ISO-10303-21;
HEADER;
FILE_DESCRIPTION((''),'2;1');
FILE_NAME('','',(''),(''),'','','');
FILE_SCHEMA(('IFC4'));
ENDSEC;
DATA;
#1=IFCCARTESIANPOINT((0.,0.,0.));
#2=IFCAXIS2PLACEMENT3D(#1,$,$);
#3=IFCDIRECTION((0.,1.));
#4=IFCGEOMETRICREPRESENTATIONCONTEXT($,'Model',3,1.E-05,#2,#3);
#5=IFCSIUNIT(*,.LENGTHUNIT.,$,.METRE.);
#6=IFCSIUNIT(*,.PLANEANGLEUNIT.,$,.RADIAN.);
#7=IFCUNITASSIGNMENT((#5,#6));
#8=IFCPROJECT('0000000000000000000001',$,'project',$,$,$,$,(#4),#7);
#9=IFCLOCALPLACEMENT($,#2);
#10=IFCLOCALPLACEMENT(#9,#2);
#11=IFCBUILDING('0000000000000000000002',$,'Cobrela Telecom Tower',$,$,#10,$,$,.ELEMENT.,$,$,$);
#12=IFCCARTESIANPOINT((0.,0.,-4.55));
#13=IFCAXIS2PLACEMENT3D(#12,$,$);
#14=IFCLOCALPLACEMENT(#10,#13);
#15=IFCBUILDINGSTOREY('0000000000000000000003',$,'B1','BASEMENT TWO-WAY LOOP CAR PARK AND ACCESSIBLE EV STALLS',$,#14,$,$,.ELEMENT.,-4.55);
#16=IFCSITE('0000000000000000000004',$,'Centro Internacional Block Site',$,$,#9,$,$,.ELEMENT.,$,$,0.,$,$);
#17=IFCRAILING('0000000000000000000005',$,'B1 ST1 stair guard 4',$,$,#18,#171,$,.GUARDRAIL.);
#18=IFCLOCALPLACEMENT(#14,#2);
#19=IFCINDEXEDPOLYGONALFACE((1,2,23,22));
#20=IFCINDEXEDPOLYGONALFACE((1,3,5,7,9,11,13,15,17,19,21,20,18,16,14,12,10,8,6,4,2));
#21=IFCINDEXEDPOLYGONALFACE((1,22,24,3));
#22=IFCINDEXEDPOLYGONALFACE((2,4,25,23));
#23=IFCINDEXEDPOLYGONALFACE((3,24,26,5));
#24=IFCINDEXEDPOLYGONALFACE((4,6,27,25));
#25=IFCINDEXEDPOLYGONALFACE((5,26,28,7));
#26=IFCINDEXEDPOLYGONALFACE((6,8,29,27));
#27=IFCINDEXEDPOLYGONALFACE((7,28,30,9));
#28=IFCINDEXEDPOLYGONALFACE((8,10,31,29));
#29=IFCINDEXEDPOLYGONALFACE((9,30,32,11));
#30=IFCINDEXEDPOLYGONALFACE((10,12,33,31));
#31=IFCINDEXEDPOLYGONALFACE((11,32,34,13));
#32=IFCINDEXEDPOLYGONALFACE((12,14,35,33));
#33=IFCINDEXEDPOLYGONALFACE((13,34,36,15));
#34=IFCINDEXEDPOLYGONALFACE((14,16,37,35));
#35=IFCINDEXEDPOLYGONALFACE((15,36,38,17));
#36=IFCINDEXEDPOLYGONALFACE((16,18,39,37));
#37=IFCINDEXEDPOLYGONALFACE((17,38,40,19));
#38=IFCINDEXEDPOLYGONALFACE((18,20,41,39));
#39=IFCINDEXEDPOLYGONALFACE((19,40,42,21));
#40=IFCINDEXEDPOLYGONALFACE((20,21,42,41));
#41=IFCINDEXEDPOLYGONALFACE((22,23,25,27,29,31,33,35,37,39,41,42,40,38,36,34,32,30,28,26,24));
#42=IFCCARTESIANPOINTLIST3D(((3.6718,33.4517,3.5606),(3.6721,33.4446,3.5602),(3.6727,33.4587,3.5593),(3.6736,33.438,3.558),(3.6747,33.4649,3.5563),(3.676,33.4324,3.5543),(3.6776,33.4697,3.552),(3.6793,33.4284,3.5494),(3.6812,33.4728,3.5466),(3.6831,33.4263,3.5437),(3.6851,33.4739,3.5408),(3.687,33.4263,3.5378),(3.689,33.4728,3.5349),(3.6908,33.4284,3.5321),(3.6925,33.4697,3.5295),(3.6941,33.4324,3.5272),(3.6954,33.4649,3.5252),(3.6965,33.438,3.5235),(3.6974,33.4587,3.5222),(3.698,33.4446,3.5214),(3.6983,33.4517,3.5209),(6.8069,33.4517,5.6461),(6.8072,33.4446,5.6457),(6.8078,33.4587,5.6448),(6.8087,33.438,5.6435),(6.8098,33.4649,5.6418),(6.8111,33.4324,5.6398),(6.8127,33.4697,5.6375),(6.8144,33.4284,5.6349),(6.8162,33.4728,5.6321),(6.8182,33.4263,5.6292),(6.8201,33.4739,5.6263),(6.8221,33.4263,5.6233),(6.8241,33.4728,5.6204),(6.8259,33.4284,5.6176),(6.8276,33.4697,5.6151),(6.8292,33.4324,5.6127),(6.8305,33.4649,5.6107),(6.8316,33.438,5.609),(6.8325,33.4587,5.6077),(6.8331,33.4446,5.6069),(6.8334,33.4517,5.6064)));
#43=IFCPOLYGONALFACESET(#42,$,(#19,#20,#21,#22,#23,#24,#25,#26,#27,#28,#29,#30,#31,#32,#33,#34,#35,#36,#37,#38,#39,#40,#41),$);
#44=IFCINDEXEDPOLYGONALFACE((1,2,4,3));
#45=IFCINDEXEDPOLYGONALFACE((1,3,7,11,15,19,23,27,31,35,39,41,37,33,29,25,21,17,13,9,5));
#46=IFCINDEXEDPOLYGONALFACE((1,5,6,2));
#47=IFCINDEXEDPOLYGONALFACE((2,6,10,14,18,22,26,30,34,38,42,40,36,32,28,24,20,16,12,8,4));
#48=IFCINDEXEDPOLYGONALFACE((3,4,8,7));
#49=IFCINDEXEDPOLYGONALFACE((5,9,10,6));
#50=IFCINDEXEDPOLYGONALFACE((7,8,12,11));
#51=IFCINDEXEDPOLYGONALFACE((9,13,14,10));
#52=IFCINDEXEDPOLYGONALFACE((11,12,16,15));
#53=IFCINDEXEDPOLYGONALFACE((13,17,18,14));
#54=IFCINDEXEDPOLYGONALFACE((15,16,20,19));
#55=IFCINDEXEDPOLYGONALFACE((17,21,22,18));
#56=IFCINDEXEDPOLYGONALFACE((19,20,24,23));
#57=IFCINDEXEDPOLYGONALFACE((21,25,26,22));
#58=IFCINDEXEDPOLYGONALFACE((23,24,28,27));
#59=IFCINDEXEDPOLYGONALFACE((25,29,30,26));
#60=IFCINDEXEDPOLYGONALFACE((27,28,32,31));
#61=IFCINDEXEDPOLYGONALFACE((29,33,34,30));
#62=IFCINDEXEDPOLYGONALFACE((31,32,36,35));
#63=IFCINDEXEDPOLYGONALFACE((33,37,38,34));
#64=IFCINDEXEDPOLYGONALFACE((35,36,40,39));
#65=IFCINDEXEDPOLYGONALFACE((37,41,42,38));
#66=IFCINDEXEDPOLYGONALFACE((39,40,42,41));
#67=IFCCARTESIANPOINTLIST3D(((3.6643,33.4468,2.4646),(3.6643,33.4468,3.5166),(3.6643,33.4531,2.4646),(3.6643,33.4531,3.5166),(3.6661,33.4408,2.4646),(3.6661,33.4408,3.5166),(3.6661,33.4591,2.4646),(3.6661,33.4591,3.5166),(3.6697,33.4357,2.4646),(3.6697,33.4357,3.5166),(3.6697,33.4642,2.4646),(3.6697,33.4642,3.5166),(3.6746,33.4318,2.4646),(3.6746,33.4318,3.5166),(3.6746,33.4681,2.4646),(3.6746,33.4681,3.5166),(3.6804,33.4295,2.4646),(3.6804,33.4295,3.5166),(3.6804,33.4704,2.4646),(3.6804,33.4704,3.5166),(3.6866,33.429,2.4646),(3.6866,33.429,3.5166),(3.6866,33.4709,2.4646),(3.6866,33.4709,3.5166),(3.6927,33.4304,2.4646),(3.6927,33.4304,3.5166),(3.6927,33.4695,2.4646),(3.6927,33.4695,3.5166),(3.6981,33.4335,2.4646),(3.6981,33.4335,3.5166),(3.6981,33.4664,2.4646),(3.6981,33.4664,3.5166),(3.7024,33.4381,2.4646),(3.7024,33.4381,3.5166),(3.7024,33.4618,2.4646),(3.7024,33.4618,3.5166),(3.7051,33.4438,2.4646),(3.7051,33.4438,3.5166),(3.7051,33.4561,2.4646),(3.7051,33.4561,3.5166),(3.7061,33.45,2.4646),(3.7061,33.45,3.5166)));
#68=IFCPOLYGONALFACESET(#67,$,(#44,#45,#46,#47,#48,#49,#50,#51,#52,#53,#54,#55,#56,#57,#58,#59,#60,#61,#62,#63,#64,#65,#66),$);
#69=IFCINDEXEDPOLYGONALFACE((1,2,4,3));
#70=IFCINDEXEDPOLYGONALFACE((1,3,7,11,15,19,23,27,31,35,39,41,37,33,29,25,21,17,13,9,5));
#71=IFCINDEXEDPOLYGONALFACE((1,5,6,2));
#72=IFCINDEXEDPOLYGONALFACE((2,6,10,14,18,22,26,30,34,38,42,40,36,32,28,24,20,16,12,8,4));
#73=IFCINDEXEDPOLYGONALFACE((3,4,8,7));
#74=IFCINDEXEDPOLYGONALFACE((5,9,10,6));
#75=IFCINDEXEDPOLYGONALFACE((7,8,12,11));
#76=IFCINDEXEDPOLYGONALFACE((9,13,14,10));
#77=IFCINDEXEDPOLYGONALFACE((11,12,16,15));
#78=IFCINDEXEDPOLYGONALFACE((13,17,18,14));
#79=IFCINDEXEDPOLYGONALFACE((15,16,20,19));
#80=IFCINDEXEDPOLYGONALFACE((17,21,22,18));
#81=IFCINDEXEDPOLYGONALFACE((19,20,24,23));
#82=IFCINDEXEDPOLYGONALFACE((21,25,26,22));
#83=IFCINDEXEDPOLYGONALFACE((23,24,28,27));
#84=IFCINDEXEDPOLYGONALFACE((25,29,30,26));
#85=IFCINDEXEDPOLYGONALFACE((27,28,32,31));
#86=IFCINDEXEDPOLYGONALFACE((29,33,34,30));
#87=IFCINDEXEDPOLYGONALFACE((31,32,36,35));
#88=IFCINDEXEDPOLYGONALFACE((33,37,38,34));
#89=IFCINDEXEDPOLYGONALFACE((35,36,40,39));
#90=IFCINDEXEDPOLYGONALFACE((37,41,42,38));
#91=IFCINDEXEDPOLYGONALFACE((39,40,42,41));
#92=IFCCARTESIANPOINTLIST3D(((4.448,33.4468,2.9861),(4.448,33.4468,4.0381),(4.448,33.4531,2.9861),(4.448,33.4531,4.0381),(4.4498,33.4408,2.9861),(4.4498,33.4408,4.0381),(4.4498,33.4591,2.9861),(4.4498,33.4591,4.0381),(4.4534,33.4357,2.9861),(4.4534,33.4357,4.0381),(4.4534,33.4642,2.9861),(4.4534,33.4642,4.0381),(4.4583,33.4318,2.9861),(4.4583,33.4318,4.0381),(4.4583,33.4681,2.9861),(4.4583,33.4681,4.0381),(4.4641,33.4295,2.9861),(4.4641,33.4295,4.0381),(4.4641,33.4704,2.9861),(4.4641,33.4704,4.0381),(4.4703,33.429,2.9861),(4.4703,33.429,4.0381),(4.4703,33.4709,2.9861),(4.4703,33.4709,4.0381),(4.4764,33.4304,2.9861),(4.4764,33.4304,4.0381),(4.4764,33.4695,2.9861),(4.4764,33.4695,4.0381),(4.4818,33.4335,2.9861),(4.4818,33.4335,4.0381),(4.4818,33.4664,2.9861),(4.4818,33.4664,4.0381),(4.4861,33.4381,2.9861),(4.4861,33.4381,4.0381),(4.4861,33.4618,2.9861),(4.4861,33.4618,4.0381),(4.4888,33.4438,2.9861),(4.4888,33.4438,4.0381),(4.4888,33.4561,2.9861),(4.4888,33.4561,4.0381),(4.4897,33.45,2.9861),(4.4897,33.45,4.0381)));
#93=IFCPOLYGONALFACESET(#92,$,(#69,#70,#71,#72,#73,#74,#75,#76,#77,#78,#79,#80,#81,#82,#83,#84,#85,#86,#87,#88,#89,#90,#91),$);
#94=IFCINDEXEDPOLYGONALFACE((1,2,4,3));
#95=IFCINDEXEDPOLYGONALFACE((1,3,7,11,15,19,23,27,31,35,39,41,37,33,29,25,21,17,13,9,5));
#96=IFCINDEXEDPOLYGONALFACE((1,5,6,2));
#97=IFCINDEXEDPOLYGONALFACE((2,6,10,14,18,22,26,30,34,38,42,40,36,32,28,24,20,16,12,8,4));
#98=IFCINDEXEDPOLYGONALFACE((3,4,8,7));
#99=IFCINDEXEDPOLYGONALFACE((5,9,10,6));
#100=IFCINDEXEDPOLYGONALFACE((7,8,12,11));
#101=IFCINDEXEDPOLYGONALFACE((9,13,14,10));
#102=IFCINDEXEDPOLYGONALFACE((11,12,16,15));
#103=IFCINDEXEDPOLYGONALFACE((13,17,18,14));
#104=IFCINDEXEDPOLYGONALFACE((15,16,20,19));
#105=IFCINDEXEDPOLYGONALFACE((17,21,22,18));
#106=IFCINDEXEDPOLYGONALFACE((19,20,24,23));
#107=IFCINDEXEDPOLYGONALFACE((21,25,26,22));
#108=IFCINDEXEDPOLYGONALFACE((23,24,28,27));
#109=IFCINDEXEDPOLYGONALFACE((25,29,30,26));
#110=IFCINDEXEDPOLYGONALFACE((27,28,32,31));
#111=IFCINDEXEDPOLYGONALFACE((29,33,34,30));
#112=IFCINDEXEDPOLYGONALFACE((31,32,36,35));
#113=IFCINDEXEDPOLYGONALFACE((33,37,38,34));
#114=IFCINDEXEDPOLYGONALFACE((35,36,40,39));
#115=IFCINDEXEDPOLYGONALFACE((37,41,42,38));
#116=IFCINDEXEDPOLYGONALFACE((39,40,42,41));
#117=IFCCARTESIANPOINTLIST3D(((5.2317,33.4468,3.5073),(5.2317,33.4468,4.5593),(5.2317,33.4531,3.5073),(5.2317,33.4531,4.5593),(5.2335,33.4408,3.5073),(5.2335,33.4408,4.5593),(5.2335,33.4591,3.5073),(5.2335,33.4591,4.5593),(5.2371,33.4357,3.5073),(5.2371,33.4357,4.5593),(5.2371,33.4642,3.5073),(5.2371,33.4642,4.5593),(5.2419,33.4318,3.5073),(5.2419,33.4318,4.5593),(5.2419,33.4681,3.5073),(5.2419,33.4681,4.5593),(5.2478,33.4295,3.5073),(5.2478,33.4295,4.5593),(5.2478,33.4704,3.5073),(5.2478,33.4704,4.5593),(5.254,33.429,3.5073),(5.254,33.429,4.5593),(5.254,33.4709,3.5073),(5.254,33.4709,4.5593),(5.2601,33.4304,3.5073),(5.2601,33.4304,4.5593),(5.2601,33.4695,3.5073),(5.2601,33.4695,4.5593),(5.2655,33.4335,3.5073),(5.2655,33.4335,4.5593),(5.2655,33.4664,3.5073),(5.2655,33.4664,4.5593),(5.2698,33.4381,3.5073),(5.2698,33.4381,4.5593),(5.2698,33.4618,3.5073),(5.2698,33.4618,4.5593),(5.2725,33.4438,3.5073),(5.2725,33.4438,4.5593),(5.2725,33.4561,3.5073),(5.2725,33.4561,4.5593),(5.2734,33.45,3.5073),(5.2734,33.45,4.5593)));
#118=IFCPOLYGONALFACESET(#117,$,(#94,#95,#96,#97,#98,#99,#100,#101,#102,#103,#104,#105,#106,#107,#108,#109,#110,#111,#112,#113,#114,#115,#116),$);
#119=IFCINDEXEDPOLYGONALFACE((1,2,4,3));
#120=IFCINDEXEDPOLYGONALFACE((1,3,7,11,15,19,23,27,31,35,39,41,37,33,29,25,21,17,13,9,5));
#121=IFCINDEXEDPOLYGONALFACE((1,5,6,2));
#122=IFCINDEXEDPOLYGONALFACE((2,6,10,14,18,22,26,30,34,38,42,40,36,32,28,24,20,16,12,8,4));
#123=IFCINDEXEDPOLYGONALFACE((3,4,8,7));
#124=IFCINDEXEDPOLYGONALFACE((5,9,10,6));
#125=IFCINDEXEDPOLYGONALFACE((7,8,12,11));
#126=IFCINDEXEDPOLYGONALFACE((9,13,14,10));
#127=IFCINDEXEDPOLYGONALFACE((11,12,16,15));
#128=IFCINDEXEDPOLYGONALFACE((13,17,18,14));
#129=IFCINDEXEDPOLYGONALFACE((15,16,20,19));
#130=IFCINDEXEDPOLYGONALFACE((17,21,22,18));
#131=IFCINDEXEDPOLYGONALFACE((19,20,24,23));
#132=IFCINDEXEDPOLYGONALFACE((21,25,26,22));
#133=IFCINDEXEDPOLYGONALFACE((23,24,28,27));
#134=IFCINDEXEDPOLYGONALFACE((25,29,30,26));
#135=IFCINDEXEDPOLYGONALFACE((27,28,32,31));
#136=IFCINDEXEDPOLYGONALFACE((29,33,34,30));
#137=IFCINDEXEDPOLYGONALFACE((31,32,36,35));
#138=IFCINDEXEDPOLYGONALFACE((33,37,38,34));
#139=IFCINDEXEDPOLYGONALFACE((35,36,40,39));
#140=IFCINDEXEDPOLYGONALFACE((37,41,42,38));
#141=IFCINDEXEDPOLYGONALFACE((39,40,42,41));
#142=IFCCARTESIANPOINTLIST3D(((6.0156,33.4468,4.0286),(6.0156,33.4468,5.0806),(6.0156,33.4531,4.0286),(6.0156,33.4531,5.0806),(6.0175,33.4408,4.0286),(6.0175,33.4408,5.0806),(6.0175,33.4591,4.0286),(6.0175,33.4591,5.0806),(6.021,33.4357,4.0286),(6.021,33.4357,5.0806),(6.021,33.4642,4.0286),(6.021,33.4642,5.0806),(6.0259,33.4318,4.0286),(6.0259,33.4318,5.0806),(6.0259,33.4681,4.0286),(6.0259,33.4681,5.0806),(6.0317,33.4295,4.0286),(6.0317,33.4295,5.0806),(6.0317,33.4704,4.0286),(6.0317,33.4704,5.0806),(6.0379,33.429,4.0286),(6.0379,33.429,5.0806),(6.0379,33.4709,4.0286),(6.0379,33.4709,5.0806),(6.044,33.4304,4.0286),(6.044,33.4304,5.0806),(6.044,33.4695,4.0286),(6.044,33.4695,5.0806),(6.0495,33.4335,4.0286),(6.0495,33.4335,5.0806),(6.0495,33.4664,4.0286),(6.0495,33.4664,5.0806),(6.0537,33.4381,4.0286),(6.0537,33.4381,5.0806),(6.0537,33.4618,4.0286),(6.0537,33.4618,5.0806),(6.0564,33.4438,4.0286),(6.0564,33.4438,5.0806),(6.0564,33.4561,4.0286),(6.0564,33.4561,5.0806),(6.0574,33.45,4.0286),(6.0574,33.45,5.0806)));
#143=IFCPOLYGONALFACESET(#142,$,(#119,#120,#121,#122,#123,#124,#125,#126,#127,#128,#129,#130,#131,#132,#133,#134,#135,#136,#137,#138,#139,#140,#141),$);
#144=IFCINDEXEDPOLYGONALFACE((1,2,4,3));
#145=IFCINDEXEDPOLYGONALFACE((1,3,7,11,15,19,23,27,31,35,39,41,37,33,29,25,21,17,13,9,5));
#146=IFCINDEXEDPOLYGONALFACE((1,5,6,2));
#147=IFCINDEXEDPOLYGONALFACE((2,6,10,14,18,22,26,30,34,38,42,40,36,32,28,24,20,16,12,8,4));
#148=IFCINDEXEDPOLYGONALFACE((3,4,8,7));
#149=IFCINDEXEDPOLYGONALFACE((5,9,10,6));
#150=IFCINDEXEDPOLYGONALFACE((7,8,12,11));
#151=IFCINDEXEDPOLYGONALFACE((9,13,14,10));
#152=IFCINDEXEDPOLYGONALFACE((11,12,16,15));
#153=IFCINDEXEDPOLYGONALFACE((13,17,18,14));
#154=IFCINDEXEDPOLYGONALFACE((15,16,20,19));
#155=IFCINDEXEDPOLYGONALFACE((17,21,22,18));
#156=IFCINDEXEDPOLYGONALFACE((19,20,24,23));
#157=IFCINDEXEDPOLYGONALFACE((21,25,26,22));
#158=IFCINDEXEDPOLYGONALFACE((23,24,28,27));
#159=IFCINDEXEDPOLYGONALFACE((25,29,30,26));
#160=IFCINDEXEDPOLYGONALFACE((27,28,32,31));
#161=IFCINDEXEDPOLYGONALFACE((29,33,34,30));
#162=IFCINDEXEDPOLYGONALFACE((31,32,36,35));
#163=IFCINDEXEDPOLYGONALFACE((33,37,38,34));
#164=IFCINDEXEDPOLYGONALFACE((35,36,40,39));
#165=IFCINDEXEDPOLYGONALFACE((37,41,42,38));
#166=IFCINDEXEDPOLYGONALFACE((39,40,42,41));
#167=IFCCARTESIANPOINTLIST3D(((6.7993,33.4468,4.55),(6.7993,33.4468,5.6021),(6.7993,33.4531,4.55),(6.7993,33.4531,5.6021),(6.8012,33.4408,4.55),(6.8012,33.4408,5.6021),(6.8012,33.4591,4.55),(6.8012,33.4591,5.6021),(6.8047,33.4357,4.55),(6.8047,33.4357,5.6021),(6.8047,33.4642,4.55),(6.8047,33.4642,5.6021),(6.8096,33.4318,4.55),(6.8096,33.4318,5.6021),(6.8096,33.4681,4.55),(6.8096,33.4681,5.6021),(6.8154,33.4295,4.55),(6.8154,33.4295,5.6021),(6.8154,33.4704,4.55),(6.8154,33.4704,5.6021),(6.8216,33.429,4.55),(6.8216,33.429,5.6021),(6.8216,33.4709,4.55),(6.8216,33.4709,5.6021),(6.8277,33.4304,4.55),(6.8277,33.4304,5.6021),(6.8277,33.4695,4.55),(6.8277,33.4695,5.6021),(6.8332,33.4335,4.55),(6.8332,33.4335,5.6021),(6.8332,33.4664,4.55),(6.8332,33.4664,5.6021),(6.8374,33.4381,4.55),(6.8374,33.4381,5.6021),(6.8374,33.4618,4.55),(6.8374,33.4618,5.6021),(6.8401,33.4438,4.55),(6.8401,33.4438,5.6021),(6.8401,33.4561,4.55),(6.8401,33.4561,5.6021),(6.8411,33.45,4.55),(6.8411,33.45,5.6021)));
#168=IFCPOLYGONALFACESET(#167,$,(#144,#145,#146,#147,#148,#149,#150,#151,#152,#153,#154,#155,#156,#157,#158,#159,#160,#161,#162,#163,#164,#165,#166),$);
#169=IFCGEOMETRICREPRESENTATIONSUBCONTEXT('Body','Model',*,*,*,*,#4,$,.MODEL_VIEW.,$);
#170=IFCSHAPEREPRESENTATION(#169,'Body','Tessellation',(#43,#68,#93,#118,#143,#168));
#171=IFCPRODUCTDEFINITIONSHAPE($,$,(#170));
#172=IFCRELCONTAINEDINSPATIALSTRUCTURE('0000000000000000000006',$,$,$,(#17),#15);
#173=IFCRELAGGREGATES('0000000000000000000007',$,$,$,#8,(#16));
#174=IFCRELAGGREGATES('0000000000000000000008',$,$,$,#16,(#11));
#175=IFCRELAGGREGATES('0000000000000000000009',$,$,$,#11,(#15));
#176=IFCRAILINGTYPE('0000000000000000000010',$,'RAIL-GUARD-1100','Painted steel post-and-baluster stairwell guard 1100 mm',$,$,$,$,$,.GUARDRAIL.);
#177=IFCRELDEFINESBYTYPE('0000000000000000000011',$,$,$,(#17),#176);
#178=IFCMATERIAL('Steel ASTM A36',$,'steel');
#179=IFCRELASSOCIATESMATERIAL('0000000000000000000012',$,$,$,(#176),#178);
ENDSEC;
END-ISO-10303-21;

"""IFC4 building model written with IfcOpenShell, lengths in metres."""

from ifc_helpers import new_model, si_unit, direction, frame, origin, origin_2d, place, context, subcontext, project, spatial, circle, extrude, material, type_object, element, save


model = new_model("IFC4")

# Units and contexts
model_context = context("Model", 3, precision=1e-05, world=origin(), true_north=direction((0.0, 1.0)))
body_context = subcontext(model_context, "Body", "Model", "MODEL_VIEW")
ifc_project = project(units=[si_unit("LENGTHUNIT", "METRE"), si_unit("PLANEANGLEUNIT", "RADIAN")], contexts=[model_context])

# Site, building, storey
site_placement = place(None, origin())
site = spatial("IfcSite", under=ifc_project, at=site_placement, Name="Centro Internacional Block Site", CompositionType="ELEMENT", RefElevation=0.0)
building_placement = place(site_placement, origin())
building = spatial("IfcBuilding", under=site, at=building_placement, Name="Cobrela Telecom Tower", CompositionType="ELEMENT")
storey_placement = place(building_placement, frame((0.0, 0.0, -4.55)))
storey = spatial("IfcBuildingStorey", under=building, at=storey_placement, Name="B1", Description="BASEMENT TWO-WAY LOOP CAR PARK AND ACCESSIBLE EV STALLS", CompositionType="ELEMENT", Elevation=-4.55)

# Shared definitions
ifc_material_1 = material(Name="Steel ASTM A36", Category="steel")

# Railing
railing_type_1 = type_object("IfcRailingType", Name="RAIL-GUARD-1100", Description="Painted steel post-and-baluster stairwell guard 1100 mm", PredefinedType="GUARDRAIL", material=ifc_material_1)
railing_1_placement = place(storey_placement, frame((3.6851, 33.45, 2.4646)))
element("IfcRailing", 1, at=railing_1_placement, inside=storey, type_object=railing_type_1, Name="B1 ST1 stair guard 4", PredefinedType="GUARDRAIL", context=body_context, shape_type="SweptSolid", body=[
    extrude(circle(Radius=0.0239, at=origin_2d()), frame((0.0, 0.0, 1.0762), z_axis=(0.832608, 0.0, 0.553862), x_axis=(0.0, 1.0, 0.0)), (0.0, 0.0, 1.0), 3.7654),
    extrude(circle(Radius=0.021, at=origin_2d()), origin(), (0.0, 0.0, 1.0), 1.052),
    extrude(circle(Radius=0.021, at=origin_2d()), frame((0.7837, 0.0, 0.5215)), (0.0, 0.0, 1.0), 1.052),
    extrude(circle(Radius=0.021, at=origin_2d()), frame((1.5674, 0.0, 1.0427)), (0.0, 0.0, 1.0), 1.052),
    extrude(circle(Radius=0.021, at=origin_2d()), frame((2.3513, 0.0, 1.564)), (0.0, 0.0, 1.0), 1.052),
    extrude(circle(Radius=0.021, at=origin_2d()), frame((3.135, 0.0, 2.0854)), (0.0, 0.0, 1.0), 1.052),
])

save(model, "model.ifc")
